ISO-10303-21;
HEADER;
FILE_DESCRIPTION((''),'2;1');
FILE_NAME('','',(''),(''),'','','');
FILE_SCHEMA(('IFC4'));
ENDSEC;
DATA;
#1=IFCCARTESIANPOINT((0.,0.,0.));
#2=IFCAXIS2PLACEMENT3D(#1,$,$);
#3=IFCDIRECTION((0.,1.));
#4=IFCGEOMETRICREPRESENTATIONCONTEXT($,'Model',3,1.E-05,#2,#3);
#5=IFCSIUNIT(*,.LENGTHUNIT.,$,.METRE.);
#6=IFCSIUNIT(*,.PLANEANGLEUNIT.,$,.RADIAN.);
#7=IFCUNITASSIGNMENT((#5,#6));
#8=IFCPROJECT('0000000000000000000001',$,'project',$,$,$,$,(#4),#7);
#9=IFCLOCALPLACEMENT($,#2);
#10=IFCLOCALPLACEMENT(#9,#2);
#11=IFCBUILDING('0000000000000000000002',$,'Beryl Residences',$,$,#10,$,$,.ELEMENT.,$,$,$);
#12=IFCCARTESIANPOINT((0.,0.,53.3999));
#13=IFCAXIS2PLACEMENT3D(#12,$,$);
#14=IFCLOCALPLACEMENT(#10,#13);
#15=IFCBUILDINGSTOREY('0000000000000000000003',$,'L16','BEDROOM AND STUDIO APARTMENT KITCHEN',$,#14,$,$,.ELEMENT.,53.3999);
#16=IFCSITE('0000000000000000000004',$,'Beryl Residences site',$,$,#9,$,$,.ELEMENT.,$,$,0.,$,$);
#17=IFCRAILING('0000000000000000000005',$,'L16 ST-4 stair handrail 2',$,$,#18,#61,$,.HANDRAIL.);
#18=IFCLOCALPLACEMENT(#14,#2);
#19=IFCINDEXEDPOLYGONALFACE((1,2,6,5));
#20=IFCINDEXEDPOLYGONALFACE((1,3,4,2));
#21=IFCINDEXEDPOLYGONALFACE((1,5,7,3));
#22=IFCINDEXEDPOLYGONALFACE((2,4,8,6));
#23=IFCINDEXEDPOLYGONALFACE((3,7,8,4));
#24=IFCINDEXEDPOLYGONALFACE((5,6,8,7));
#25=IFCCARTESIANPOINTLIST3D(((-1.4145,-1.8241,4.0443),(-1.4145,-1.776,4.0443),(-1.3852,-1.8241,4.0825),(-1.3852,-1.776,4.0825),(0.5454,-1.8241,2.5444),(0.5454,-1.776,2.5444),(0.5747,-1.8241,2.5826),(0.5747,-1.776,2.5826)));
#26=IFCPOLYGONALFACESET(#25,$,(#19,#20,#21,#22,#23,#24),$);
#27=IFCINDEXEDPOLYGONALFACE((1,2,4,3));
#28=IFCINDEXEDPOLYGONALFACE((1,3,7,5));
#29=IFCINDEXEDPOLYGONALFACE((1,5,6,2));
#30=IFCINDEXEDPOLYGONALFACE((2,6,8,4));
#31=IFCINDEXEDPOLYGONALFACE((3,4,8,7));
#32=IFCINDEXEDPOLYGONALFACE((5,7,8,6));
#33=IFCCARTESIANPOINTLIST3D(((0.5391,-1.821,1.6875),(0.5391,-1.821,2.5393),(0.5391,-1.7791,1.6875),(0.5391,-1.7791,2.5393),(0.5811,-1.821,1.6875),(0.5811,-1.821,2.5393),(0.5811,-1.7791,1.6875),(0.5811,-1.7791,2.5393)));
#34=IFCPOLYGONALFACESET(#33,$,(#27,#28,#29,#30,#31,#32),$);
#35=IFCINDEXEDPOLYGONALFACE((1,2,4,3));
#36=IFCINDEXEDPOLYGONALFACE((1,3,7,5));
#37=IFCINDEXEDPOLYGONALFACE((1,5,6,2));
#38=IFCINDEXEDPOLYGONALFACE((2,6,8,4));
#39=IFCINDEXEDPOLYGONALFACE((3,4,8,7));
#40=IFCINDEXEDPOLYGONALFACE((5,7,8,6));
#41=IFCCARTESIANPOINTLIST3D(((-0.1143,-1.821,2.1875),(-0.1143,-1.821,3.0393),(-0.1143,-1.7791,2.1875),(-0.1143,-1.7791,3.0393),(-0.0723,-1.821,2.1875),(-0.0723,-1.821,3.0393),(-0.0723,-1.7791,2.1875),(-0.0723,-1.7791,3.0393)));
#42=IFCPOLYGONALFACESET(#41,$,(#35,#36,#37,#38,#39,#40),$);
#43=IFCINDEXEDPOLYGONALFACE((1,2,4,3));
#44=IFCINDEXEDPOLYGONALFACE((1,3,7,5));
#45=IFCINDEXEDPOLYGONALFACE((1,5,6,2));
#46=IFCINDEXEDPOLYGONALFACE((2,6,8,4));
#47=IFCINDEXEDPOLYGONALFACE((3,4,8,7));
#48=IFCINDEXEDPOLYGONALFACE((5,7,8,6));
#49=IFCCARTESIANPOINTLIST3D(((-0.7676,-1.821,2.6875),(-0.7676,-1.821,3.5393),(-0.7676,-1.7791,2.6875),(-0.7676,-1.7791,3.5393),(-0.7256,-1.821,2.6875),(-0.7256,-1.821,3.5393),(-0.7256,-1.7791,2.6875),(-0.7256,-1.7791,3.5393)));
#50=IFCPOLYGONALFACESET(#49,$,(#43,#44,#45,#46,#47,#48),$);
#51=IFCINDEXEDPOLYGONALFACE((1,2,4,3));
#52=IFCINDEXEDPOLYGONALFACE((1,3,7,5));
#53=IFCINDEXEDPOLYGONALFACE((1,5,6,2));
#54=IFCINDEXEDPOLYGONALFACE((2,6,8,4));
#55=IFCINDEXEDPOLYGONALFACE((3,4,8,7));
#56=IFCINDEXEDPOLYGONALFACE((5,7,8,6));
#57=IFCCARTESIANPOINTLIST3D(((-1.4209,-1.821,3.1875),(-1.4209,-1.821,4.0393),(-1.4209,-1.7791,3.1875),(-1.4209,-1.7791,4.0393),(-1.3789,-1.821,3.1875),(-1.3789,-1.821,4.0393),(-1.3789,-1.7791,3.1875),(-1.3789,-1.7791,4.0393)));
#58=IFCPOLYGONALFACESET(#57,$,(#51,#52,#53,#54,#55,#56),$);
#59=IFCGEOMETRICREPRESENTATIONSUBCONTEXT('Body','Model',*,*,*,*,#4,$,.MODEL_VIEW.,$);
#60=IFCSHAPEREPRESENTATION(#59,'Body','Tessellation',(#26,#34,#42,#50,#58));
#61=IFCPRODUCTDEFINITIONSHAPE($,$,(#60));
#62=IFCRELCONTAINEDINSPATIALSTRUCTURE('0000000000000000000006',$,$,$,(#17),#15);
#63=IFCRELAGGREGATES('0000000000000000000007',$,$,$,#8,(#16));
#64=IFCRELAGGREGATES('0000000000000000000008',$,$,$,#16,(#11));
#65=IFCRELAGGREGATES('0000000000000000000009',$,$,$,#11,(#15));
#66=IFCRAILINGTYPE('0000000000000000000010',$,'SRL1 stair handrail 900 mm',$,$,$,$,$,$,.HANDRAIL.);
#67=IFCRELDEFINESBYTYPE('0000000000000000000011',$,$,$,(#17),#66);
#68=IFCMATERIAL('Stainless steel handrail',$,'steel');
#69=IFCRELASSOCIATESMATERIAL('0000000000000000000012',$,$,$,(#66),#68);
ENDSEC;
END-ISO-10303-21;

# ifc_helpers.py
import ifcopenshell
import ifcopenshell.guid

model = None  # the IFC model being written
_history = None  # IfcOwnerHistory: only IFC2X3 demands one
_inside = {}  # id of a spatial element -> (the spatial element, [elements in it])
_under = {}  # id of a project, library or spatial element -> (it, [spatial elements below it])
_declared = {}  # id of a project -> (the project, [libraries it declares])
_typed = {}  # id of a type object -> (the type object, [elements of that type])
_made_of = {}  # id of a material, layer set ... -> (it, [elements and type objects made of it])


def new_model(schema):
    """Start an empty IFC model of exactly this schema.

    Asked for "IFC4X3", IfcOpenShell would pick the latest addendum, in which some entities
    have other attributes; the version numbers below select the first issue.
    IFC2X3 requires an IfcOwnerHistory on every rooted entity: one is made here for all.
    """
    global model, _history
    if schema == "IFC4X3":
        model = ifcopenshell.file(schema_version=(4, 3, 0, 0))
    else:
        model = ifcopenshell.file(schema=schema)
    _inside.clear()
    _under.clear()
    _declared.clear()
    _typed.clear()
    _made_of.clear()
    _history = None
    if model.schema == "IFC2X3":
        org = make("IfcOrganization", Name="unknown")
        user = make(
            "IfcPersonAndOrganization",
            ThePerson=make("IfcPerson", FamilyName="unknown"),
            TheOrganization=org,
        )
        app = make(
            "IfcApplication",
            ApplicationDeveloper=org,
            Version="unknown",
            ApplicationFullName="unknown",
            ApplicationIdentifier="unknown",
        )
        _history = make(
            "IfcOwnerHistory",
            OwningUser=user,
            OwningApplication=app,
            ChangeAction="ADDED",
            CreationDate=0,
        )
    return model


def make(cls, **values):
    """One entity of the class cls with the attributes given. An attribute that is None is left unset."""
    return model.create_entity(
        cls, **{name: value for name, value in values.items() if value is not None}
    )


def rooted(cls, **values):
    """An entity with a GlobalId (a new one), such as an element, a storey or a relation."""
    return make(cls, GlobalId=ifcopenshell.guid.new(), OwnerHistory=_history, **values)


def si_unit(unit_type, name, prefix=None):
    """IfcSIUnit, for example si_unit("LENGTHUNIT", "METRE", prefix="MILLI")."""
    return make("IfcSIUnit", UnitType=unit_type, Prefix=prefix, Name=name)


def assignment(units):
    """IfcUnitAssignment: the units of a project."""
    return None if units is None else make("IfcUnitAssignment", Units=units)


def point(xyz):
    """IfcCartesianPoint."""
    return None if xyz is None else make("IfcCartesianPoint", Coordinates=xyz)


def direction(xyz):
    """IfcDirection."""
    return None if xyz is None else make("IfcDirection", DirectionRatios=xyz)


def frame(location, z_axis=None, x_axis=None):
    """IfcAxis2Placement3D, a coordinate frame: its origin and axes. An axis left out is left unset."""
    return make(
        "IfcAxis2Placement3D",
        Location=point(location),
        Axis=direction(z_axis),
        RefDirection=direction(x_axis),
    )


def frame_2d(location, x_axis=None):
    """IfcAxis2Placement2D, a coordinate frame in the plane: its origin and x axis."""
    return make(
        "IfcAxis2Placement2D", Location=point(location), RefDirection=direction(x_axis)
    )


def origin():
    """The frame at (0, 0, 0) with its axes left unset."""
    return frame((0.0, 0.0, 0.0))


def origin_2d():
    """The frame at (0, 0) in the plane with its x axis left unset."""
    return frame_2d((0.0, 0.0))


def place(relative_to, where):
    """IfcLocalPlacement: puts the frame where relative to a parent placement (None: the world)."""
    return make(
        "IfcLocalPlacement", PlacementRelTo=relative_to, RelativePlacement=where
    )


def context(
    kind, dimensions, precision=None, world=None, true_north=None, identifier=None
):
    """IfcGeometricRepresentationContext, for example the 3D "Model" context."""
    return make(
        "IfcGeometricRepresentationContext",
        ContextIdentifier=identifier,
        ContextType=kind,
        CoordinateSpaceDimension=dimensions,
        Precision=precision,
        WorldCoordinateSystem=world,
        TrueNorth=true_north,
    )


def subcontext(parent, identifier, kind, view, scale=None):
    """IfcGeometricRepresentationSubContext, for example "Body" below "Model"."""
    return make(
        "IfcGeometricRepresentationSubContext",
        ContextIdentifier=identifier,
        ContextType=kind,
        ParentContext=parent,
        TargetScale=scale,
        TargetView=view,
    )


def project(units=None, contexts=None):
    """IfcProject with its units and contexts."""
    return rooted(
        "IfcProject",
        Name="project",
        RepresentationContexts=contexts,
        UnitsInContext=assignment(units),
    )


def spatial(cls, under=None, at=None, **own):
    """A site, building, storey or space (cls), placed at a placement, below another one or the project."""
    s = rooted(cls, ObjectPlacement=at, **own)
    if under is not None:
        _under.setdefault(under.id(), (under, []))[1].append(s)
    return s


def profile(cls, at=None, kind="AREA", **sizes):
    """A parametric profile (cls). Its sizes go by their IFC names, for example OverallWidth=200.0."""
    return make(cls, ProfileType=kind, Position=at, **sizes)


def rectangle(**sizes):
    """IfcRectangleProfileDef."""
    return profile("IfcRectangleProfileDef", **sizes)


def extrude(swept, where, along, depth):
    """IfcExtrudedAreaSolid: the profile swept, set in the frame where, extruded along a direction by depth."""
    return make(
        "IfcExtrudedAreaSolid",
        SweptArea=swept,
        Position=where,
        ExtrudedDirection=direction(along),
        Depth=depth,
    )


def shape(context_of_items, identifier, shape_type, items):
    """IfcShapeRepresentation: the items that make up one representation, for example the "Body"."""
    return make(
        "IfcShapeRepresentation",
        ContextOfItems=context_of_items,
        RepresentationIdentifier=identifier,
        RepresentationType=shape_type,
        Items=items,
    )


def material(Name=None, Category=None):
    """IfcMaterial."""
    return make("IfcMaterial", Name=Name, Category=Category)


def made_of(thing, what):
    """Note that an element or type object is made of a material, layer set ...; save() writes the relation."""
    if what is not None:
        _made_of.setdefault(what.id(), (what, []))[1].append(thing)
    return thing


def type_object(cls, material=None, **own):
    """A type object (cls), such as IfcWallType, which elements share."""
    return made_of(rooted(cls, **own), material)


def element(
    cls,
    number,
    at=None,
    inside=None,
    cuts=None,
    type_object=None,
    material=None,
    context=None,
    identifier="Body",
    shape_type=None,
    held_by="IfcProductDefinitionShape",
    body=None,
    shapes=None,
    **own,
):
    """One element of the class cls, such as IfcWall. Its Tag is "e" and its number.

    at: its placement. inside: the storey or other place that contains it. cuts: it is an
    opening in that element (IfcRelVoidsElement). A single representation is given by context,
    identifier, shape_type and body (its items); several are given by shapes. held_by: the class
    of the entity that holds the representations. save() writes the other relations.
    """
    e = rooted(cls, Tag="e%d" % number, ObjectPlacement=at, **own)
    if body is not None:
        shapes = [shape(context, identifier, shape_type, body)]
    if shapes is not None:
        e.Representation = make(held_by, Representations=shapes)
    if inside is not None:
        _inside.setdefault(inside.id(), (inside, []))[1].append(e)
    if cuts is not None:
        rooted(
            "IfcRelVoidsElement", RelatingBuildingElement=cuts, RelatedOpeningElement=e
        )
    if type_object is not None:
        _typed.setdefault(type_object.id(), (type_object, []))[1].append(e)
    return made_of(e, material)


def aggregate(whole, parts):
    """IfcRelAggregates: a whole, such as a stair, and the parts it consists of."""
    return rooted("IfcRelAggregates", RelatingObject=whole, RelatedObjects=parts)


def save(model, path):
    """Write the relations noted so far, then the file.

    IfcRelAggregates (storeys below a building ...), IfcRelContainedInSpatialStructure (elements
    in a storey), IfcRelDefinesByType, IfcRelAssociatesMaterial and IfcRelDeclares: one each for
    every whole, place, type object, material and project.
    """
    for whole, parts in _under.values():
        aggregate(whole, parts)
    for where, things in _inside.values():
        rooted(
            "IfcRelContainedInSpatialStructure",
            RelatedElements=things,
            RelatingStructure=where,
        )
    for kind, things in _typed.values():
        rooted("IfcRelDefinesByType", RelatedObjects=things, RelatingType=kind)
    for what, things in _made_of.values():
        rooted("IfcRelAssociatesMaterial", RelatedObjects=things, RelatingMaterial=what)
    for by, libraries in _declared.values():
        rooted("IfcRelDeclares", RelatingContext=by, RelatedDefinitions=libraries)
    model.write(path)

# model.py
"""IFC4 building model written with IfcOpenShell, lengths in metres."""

from ifc_helpers import new_model, si_unit, direction, frame, origin, origin_2d, place, context, subcontext, project, spatial, rectangle, extrude, material, type_object, element, save


model = new_model("IFC4")

# Units and contexts
model_context = context("Model", 3, precision=1e-05, world=origin(), true_north=direction((0.0, 1.0)))
body_context = subcontext(model_context, "Body", "Model", "MODEL_VIEW")
ifc_project = project(units=[si_unit("LENGTHUNIT", "METRE"), si_unit("PLANEANGLEUNIT", "RADIAN")], contexts=[model_context])

# Site, building, storey
site_placement = place(None, origin())
site = spatial("IfcSite", under=ifc_project, at=site_placement, Name="Beryl Residences site", CompositionType="ELEMENT", RefElevation=0.0)
building_placement = place(site_placement, origin())
building = spatial("IfcBuilding", under=site, at=building_placement, Name="Beryl Residences", CompositionType="ELEMENT")
storey_placement = place(building_placement, frame((0.0, 0.0, 53.3999)))
storey = spatial("IfcBuildingStorey", under=building, at=storey_placement, Name="L16", Description="BEDROOM AND STUDIO APARTMENT KITCHEN", CompositionType="ELEMENT", Elevation=53.3999)

# Railing
ifc_material_1 = material(Name="Stainless steel handrail", Category="steel")
railing_type_1 = type_object("IfcRailingType", Name="SRL1 stair handrail 900 mm", PredefinedType="HANDRAIL", material=ifc_material_1)
railing_1_placement = place(storey_placement, frame((0.5601, -1.8, 1.6875)))
element("IfcRailing", 1, at=railing_1_placement, inside=storey, type_object=railing_type_1, Name="L16 ST-4 stair handrail 2", PredefinedType="HANDRAIL", context=body_context, shape_type="SweptSolid", body=[
    extrude(rectangle(XDim=0.0481, YDim=0.0481, at=origin_2d()), frame((0.0, 0.0, 0.876), z_axis=(-0.794122, 0.0, 0.607758), x_axis=(0.0, -1.0, 0.0)), (0.0, 0.0, 1.0), 2.468),
    extrude(rectangle(XDim=0.042, YDim=0.042, at=origin_2d()), origin(), (0.0, 0.0, 1.0), 0.8518),
    extrude(rectangle(XDim=0.042, YDim=0.042, at=origin_2d()), frame((-0.6533, 0.0, 0.5)), (0.0, 0.0, 1.0), 0.8518),
    extrude(rectangle(XDim=0.042, YDim=0.042, at=origin_2d()), frame((-1.3066, 0.0, 1.0)), (0.0, 0.0, 1.0), 0.8518),
    extrude(rectangle(XDim=0.042, YDim=0.042, at=origin_2d()), frame((-1.96, 0.0, 1.5)), (0.0, 0.0, 1.0), 0.8518),
])

save(model, "model.ifc")
